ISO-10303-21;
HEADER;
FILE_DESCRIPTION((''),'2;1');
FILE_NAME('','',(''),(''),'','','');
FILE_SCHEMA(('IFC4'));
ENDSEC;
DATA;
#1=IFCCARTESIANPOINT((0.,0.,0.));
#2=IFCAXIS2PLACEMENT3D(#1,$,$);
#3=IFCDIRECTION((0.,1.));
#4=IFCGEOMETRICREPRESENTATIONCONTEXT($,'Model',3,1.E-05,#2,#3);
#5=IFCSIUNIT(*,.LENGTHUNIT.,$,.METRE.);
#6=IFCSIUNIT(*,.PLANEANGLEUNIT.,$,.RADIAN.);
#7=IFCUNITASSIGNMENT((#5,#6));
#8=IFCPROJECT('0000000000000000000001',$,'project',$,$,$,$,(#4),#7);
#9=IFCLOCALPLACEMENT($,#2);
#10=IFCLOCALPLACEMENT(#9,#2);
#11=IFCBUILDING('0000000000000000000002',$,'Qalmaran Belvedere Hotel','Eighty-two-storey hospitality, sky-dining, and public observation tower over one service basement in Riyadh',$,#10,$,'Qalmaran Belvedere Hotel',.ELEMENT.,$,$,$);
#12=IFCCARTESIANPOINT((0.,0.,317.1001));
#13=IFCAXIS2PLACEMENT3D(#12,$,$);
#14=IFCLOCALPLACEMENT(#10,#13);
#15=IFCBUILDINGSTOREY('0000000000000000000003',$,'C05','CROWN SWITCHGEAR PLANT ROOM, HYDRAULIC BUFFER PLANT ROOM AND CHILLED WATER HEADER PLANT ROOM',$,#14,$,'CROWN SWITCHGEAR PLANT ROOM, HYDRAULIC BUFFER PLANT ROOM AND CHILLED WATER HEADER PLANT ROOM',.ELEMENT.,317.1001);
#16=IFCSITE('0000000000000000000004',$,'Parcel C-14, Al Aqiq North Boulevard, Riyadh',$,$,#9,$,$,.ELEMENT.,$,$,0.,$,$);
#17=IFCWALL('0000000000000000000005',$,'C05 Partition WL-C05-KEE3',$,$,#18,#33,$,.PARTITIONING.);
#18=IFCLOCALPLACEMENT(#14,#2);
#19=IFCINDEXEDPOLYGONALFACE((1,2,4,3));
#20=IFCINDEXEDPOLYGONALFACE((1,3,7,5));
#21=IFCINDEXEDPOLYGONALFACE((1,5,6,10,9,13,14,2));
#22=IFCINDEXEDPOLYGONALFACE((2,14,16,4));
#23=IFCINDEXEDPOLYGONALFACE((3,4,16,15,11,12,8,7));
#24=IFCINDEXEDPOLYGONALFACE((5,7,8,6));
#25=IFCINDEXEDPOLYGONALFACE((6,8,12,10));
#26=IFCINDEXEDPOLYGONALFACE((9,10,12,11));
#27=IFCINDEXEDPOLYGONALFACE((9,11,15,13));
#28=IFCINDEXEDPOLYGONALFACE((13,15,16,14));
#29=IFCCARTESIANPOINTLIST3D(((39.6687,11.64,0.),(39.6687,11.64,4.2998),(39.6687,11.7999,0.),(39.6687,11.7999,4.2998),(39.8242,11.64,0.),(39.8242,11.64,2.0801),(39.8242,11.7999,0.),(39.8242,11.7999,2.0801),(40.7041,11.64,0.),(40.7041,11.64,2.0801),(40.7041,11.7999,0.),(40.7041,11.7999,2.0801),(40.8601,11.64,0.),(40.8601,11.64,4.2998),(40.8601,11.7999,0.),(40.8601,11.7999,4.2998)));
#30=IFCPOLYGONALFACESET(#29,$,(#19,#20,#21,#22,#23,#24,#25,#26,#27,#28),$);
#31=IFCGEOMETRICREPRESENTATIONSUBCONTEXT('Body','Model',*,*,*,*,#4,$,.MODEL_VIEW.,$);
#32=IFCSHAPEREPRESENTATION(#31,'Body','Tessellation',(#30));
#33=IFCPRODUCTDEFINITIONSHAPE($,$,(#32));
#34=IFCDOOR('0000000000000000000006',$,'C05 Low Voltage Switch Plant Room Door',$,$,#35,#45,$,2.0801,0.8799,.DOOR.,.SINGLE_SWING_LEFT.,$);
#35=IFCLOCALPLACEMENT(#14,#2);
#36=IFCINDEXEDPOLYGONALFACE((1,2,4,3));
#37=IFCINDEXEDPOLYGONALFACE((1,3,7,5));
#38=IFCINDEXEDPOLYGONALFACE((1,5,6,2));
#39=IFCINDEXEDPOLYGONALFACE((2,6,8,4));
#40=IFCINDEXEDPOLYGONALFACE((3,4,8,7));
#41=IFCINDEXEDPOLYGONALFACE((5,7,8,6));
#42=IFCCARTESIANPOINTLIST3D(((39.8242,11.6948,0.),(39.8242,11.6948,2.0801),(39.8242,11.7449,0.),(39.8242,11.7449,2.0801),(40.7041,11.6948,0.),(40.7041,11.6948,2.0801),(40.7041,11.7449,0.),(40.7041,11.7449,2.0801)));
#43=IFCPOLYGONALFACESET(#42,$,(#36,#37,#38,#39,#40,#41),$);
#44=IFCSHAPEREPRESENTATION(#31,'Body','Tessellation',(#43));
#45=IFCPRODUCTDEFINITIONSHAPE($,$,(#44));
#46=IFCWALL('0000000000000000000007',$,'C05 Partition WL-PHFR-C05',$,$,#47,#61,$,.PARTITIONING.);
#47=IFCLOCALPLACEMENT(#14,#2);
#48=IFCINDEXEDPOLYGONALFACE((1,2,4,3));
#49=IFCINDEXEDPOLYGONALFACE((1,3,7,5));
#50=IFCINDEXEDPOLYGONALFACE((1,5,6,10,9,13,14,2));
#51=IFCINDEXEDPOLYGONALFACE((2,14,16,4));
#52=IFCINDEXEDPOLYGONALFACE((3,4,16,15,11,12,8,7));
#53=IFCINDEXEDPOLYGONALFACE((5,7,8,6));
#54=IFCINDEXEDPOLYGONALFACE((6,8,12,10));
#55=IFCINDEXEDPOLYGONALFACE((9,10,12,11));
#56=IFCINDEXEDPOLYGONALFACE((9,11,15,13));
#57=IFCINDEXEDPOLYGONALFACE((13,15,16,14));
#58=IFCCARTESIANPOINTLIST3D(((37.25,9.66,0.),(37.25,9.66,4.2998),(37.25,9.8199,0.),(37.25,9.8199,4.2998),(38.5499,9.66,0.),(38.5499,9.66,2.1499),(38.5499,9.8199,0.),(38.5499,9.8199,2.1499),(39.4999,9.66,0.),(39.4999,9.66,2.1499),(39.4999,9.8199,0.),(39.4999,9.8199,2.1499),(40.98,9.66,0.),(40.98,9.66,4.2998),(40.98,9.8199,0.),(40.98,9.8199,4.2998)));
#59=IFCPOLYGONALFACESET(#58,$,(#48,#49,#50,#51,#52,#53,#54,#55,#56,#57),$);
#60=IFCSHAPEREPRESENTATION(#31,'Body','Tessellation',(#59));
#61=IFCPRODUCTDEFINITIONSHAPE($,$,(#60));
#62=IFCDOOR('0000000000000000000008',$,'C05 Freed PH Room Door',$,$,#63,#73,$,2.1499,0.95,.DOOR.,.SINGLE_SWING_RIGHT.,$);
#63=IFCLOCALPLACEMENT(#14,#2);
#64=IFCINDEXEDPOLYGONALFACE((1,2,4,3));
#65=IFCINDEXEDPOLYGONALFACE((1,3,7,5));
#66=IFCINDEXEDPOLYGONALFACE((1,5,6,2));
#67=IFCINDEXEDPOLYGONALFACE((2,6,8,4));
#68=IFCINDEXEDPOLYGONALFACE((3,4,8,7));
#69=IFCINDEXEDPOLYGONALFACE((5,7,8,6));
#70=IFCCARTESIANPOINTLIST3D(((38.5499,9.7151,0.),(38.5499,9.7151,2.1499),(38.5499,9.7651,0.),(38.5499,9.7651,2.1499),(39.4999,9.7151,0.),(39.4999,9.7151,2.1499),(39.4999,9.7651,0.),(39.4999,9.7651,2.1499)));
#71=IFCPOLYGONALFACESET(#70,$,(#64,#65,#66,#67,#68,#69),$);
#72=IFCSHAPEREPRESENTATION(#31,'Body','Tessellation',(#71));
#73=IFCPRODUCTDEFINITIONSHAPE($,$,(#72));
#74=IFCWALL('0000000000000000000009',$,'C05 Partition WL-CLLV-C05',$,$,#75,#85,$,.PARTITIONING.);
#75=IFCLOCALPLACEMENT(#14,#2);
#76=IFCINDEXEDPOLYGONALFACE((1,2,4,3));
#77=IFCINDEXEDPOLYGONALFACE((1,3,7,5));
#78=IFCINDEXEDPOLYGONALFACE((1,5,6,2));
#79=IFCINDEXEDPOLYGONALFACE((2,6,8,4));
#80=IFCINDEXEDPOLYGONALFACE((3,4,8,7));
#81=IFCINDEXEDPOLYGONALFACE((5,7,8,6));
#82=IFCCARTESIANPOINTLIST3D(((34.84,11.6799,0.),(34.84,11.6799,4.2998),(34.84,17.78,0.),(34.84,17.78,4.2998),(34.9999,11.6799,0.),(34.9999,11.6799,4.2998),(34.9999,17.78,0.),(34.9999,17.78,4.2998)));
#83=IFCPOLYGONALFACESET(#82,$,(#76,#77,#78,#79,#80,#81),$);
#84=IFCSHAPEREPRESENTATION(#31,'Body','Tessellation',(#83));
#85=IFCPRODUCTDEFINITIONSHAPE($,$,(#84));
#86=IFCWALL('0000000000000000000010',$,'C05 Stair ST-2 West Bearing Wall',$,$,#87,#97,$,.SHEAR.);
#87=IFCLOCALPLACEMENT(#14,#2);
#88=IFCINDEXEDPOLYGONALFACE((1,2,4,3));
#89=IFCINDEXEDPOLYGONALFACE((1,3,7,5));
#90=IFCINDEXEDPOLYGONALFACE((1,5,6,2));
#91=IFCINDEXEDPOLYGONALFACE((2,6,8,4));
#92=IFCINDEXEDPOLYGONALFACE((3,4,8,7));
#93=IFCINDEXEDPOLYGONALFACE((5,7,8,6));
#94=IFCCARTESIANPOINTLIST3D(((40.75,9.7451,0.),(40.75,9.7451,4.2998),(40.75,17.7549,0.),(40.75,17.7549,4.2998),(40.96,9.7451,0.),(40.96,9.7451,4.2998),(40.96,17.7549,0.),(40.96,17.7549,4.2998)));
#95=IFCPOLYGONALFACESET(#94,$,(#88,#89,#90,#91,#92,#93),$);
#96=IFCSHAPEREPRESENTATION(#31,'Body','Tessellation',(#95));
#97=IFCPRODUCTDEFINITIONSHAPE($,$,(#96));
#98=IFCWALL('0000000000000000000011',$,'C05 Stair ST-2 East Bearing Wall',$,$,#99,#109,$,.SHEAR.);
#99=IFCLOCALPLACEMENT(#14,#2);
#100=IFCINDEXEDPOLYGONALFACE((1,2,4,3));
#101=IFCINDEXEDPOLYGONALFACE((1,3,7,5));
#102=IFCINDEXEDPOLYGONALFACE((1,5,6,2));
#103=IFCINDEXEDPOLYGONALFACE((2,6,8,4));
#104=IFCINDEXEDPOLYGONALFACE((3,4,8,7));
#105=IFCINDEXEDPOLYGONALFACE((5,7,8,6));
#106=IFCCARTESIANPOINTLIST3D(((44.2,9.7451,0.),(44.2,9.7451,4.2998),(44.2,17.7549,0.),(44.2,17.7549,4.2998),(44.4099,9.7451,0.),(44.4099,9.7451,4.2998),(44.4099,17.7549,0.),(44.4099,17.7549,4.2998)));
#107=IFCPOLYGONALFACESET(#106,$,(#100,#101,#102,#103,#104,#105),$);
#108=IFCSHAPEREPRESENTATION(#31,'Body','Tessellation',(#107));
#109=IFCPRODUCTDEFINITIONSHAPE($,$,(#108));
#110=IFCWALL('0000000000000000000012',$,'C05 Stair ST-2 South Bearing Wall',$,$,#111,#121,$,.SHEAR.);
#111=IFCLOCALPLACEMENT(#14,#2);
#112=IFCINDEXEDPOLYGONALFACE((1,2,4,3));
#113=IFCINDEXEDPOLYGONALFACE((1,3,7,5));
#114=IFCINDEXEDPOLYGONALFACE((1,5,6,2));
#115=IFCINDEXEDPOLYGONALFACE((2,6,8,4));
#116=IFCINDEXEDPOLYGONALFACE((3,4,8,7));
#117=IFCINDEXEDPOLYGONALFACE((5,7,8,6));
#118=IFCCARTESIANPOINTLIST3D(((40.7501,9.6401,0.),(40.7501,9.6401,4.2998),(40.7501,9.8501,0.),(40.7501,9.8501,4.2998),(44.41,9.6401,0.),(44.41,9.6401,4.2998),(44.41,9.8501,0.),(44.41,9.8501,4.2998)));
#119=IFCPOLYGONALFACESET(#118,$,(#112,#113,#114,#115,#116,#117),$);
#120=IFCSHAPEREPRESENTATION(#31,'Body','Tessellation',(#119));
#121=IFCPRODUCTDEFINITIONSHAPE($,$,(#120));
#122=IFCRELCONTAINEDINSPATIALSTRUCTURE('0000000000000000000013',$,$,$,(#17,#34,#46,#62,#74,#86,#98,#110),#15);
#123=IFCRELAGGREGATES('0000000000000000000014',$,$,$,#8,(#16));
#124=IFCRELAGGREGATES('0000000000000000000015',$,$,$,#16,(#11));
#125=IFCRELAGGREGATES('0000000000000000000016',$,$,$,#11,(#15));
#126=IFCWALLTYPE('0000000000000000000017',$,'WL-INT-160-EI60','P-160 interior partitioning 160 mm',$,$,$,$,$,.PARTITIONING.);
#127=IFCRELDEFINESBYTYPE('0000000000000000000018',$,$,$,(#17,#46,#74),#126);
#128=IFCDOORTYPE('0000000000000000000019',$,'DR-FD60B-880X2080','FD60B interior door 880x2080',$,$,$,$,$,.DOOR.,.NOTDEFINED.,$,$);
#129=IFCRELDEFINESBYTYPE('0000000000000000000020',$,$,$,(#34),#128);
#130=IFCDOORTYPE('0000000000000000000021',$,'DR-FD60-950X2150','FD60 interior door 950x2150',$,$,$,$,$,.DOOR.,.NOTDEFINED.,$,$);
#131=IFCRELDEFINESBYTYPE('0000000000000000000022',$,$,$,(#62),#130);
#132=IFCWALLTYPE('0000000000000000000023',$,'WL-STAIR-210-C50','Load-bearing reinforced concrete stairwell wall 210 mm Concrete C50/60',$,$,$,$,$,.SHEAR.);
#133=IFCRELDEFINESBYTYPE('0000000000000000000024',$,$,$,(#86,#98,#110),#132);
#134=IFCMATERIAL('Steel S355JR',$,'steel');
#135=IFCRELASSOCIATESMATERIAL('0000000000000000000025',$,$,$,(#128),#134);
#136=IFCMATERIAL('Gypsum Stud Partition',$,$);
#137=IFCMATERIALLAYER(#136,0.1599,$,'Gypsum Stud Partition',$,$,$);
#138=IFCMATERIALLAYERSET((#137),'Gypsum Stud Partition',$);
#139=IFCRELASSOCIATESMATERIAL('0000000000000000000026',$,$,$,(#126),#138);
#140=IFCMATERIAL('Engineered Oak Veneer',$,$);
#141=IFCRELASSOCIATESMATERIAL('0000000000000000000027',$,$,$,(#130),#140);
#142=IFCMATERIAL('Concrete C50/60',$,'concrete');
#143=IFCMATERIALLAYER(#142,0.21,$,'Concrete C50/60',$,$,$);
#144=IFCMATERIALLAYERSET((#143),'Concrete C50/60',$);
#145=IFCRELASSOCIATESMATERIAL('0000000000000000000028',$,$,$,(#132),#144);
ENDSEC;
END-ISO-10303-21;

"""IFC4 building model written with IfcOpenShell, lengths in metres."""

from ifc_helpers import new_model, si_unit, direction, frame, frame_2d, origin, place, context, subcontext, project, spatial, rectangle, extrude, material, layer, layer_set, type_object, element, fill, save


model = new_model("IFC4")

# Units and contexts
model_context = context("Model", 3, precision=1e-05, world=origin(), true_north=direction((0.0, 1.0)))
body_context = subcontext(model_context, "Body", "Model", "MODEL_VIEW")
ifc_project = project(units=[si_unit("LENGTHUNIT", "METRE"), si_unit("PLANEANGLEUNIT", "RADIAN")], contexts=[model_context])

# Site, building, storey
site_placement = place(None, origin())
site = spatial("IfcSite", under=ifc_project, at=site_placement, Name="Parcel C-14, Al Aqiq North Boulevard, Riyadh", CompositionType="ELEMENT", RefElevation=0.0)
building_placement = place(site_placement, origin())
building = spatial("IfcBuilding", under=site, at=building_placement, Name="Qalmaran Belvedere Hotel", Description="Eighty-two-storey hospitality, sky-dining, and public observation tower over one service basement in Riyadh", LongName="Qalmaran Belvedere Hotel", CompositionType="ELEMENT")
storey_placement = place(building_placement, frame((0.0, 0.0, 317.1001)))
storey = spatial("IfcBuildingStorey", under=building, at=storey_placement, Name="C05", Description="CROWN SWITCHGEAR PLANT ROOM, HYDRAULIC BUFFER PLANT ROOM AND CHILLED WATER HEADER PLANT ROOM", LongName="CROWN SWITCHGEAR PLANT ROOM, HYDRAULIC BUFFER PLANT ROOM AND CHILLED WATER HEADER PLANT ROOM", CompositionType="ELEMENT", Elevation=317.1001)

# Shared definitions
ifc_material_1 = material(Name="Concrete C50/60", Category="concrete")
ifc_material_2 = material(Name="Steel S355JR", Category="steel")

# Shared definitions
ifc_material_3 = material(Name="Gypsum Stud Partition")

# Shared definitions
door_type_1 = type_object("IfcDoorType", Name="DR-FD60B-880X2080", Description="FD60B interior door 880x2080", OperationType="NOTDEFINED", PredefinedType="DOOR", material=ifc_material_2)

# Walls, openings, doors
ifc_layer_1 = layer(ifc_material_3, 0.1599, Name="Gypsum Stud Partition")
ifc_layer_set_1 = layer_set([ifc_layer_1], Name="Gypsum Stud Partition")
wall_type_1 = type_object("IfcWallType", Name="WL-INT-160-EI60", Description="P-160 interior partitioning 160 mm", PredefinedType="PARTITIONING", material=ifc_layer_set_1)
wall_1_placement = place(storey_placement, frame((39.6687, 11.72, 0.0), z_axis=(0.0, 0.0, 1.0), x_axis=(1.0, 0.0, 0.0)))
wall_1 = element("IfcWall", 1, at=wall_1_placement, inside=storey, type_object=wall_type_1, Name="C05 Partition WL-C05-KEE3", PredefinedType="PARTITIONING", context=body_context, shape_type="SweptSolid", body=[
    extrude(rectangle(XDim=1.1914, YDim=0.1599, at=frame_2d((0.5957, 0.0))), origin(), (0.0, 0.0, 1.0), 4.2998),
])
opening_1_placement = place(wall_1_placement, frame((0.1555, 0.0, 0.0)))
opening_1 = element("IfcOpeningElement", 2, at=opening_1_placement, cuts=wall_1, PredefinedType="OPENING", context=body_context, shape_type="SweptSolid", body=[
    extrude(rectangle(XDim=0.8799, YDim=2.0801, at=frame_2d((0.4399, 1.04))), frame((0.0, 0.0898, 0.0), z_axis=(0.0, -1.0, 0.0), x_axis=(1.0, 0.0, 0.0)), (0.0, 0.0, 1.0), 0.1799),
])
door_1_placement = place(opening_1_placement, origin())
door_1 = element("IfcDoor", 3, at=door_1_placement, inside=storey, type_object=door_type_1, Name="C05 Low Voltage Switch Plant Room Door", OperationType="SINGLE_SWING_LEFT", OverallHeight=2.0801, OverallWidth=0.8799, PredefinedType="DOOR", context=body_context, shape_type="SweptSolid", body=[
    extrude(rectangle(XDim=0.8799, YDim=2.0801, at=frame_2d((0.4399, 1.04))), frame((0.0, 0.0249, 0.0), z_axis=(0.0, -1.0, 0.0), x_axis=(1.0, 0.0, 0.0)), (0.0, 0.0, 1.0), 0.05),
])
fill(opening_1, door_1)
wall_2_placement = place(storey_placement, frame((37.25, 9.74, 0.0), z_axis=(0.0, 0.0, 1.0), x_axis=(1.0, 0.0, 0.0)))
wall_2 = element("IfcWall", 4, at=wall_2_placement, inside=storey, type_object=wall_type_1, Name="C05 Partition WL-PHFR-C05", PredefinedType="PARTITIONING", context=body_context, shape_type="SweptSolid", body=[
    extrude(rectangle(XDim=3.73, YDim=0.1599, at=frame_2d((1.865, 0.0))), origin(), (0.0, 0.0, 1.0), 4.2998),
])
opening_2_placement = place(wall_2_placement, frame((2.25, 0.0, 0.0), z_axis=(0.0, 0.0, 1.0), x_axis=(-1.0, 0.0, 0.0)))
opening_2 = element("IfcOpeningElement", 5, at=opening_2_placement, cuts=wall_2, PredefinedType="OPENING", context=body_context, shape_type="SweptSolid", body=[
    extrude(rectangle(XDim=0.95, YDim=2.1499, at=frame_2d((0.4751, 1.075))), frame((0.0, 0.0898, 0.0), z_axis=(0.0, -1.0, 0.0), x_axis=(1.0, 0.0, 0.0)), (0.0, 0.0, 1.0), 0.1799),
])
ifc_material_4 = material(Name="Engineered Oak Veneer")
door_type_2 = type_object("IfcDoorType", Name="DR-FD60-950X2150", Description="FD60 interior door 950x2150", OperationType="NOTDEFINED", PredefinedType="DOOR", material=ifc_material_4)
door_2_placement = place(opening_2_placement, origin())
door_2 = element("IfcDoor", 6, at=door_2_placement, inside=storey, type_object=door_type_2, Name="C05 Freed PH Room Door", OperationType="SINGLE_SWING_RIGHT", OverallHeight=2.1499, OverallWidth=0.95, PredefinedType="DOOR", context=body_context, shape_type="SweptSolid", body=[
    extrude(rectangle(XDim=0.95, YDim=2.1499, at=frame_2d((0.4751, 1.075))), frame((0.0, 0.0249, 0.0), z_axis=(0.0, -1.0, 0.0), x_axis=(1.0, 0.0, 0.0)), (0.0, 0.0, 1.0), 0.05),
])
fill(opening_2, door_2)

# Walls
wall_3_placement = place(storey_placement, frame((34.9199, 11.6799, 0.0), z_axis=(0.0, 0.0, 1.0), x_axis=(0.0, 1.0, 0.0)))
element("IfcWall", 7, at=wall_3_placement, inside=storey, type_object=wall_type_1, Name="C05 Partition WL-CLLV-C05", PredefinedType="PARTITIONING", context=body_context, shape_type="SweptSolid", body=[
    extrude(rectangle(XDim=6.1001, YDim=0.1599, at=frame_2d((3.05, 0.0))), origin(), (0.0, 0.0, 1.0), 4.2998),
])
ifc_layer_2 = layer(ifc_material_1, 0.21, Name="Concrete C50/60")
ifc_layer_set_2 = layer_set([ifc_layer_2], Name="Concrete C50/60")
wall_type_2 = type_object("IfcWallType", Name="WL-STAIR-210-C50", Description="Load-bearing reinforced concrete stairwell wall 210 mm Concrete C50/60", PredefinedType="SHEAR", material=ifc_layer_set_2)
for number, where, z_axis, x_axis, name in (
    (8, (40.855, 9.7451, 0.0), (0.0, 0.0, 1.0), (0.0, 1.0, 0.0), "C05 Stair ST-2 West Bearing Wall"),
    (9, (44.3049, 9.7451, 0.0), (0.0, 0.0, 1.0), (0.0, 1.0, 0.0), "C05 Stair ST-2 East Bearing Wall"),
):
    element("IfcWall", number, at=place(storey_placement, frame(where, z_axis=z_axis, x_axis=x_axis)), inside=storey, type_object=wall_type_2, Name=name, PredefinedType="SHEAR", context=body_context, shape_type="SweptSolid", body=[
        extrude(rectangle(XDim=8.0098, YDim=0.21, at=frame_2d((4.0049, 0.0))), origin(), (0.0, 0.0, 1.0), 4.2998),
    ])
wall_4_placement = place(storey_placement, frame((40.75, 9.7451, 0.0), z_axis=(0.0, 0.0, 1.0), x_axis=(1.0, 0.0, 0.0)))
element("IfcWall", 10, at=wall_4_placement, inside=storey, type_object=wall_type_2, Name="C05 Stair ST-2 South Bearing Wall", PredefinedType="SHEAR", context=body_context, shape_type="SweptSolid", body=[
    extrude(rectangle(XDim=3.6599, YDim=0.21, at=frame_2d((1.8301, 0.0))), origin(), (0.0, 0.0, 1.0), 4.2998),
])

save(model, "model.ifc")
